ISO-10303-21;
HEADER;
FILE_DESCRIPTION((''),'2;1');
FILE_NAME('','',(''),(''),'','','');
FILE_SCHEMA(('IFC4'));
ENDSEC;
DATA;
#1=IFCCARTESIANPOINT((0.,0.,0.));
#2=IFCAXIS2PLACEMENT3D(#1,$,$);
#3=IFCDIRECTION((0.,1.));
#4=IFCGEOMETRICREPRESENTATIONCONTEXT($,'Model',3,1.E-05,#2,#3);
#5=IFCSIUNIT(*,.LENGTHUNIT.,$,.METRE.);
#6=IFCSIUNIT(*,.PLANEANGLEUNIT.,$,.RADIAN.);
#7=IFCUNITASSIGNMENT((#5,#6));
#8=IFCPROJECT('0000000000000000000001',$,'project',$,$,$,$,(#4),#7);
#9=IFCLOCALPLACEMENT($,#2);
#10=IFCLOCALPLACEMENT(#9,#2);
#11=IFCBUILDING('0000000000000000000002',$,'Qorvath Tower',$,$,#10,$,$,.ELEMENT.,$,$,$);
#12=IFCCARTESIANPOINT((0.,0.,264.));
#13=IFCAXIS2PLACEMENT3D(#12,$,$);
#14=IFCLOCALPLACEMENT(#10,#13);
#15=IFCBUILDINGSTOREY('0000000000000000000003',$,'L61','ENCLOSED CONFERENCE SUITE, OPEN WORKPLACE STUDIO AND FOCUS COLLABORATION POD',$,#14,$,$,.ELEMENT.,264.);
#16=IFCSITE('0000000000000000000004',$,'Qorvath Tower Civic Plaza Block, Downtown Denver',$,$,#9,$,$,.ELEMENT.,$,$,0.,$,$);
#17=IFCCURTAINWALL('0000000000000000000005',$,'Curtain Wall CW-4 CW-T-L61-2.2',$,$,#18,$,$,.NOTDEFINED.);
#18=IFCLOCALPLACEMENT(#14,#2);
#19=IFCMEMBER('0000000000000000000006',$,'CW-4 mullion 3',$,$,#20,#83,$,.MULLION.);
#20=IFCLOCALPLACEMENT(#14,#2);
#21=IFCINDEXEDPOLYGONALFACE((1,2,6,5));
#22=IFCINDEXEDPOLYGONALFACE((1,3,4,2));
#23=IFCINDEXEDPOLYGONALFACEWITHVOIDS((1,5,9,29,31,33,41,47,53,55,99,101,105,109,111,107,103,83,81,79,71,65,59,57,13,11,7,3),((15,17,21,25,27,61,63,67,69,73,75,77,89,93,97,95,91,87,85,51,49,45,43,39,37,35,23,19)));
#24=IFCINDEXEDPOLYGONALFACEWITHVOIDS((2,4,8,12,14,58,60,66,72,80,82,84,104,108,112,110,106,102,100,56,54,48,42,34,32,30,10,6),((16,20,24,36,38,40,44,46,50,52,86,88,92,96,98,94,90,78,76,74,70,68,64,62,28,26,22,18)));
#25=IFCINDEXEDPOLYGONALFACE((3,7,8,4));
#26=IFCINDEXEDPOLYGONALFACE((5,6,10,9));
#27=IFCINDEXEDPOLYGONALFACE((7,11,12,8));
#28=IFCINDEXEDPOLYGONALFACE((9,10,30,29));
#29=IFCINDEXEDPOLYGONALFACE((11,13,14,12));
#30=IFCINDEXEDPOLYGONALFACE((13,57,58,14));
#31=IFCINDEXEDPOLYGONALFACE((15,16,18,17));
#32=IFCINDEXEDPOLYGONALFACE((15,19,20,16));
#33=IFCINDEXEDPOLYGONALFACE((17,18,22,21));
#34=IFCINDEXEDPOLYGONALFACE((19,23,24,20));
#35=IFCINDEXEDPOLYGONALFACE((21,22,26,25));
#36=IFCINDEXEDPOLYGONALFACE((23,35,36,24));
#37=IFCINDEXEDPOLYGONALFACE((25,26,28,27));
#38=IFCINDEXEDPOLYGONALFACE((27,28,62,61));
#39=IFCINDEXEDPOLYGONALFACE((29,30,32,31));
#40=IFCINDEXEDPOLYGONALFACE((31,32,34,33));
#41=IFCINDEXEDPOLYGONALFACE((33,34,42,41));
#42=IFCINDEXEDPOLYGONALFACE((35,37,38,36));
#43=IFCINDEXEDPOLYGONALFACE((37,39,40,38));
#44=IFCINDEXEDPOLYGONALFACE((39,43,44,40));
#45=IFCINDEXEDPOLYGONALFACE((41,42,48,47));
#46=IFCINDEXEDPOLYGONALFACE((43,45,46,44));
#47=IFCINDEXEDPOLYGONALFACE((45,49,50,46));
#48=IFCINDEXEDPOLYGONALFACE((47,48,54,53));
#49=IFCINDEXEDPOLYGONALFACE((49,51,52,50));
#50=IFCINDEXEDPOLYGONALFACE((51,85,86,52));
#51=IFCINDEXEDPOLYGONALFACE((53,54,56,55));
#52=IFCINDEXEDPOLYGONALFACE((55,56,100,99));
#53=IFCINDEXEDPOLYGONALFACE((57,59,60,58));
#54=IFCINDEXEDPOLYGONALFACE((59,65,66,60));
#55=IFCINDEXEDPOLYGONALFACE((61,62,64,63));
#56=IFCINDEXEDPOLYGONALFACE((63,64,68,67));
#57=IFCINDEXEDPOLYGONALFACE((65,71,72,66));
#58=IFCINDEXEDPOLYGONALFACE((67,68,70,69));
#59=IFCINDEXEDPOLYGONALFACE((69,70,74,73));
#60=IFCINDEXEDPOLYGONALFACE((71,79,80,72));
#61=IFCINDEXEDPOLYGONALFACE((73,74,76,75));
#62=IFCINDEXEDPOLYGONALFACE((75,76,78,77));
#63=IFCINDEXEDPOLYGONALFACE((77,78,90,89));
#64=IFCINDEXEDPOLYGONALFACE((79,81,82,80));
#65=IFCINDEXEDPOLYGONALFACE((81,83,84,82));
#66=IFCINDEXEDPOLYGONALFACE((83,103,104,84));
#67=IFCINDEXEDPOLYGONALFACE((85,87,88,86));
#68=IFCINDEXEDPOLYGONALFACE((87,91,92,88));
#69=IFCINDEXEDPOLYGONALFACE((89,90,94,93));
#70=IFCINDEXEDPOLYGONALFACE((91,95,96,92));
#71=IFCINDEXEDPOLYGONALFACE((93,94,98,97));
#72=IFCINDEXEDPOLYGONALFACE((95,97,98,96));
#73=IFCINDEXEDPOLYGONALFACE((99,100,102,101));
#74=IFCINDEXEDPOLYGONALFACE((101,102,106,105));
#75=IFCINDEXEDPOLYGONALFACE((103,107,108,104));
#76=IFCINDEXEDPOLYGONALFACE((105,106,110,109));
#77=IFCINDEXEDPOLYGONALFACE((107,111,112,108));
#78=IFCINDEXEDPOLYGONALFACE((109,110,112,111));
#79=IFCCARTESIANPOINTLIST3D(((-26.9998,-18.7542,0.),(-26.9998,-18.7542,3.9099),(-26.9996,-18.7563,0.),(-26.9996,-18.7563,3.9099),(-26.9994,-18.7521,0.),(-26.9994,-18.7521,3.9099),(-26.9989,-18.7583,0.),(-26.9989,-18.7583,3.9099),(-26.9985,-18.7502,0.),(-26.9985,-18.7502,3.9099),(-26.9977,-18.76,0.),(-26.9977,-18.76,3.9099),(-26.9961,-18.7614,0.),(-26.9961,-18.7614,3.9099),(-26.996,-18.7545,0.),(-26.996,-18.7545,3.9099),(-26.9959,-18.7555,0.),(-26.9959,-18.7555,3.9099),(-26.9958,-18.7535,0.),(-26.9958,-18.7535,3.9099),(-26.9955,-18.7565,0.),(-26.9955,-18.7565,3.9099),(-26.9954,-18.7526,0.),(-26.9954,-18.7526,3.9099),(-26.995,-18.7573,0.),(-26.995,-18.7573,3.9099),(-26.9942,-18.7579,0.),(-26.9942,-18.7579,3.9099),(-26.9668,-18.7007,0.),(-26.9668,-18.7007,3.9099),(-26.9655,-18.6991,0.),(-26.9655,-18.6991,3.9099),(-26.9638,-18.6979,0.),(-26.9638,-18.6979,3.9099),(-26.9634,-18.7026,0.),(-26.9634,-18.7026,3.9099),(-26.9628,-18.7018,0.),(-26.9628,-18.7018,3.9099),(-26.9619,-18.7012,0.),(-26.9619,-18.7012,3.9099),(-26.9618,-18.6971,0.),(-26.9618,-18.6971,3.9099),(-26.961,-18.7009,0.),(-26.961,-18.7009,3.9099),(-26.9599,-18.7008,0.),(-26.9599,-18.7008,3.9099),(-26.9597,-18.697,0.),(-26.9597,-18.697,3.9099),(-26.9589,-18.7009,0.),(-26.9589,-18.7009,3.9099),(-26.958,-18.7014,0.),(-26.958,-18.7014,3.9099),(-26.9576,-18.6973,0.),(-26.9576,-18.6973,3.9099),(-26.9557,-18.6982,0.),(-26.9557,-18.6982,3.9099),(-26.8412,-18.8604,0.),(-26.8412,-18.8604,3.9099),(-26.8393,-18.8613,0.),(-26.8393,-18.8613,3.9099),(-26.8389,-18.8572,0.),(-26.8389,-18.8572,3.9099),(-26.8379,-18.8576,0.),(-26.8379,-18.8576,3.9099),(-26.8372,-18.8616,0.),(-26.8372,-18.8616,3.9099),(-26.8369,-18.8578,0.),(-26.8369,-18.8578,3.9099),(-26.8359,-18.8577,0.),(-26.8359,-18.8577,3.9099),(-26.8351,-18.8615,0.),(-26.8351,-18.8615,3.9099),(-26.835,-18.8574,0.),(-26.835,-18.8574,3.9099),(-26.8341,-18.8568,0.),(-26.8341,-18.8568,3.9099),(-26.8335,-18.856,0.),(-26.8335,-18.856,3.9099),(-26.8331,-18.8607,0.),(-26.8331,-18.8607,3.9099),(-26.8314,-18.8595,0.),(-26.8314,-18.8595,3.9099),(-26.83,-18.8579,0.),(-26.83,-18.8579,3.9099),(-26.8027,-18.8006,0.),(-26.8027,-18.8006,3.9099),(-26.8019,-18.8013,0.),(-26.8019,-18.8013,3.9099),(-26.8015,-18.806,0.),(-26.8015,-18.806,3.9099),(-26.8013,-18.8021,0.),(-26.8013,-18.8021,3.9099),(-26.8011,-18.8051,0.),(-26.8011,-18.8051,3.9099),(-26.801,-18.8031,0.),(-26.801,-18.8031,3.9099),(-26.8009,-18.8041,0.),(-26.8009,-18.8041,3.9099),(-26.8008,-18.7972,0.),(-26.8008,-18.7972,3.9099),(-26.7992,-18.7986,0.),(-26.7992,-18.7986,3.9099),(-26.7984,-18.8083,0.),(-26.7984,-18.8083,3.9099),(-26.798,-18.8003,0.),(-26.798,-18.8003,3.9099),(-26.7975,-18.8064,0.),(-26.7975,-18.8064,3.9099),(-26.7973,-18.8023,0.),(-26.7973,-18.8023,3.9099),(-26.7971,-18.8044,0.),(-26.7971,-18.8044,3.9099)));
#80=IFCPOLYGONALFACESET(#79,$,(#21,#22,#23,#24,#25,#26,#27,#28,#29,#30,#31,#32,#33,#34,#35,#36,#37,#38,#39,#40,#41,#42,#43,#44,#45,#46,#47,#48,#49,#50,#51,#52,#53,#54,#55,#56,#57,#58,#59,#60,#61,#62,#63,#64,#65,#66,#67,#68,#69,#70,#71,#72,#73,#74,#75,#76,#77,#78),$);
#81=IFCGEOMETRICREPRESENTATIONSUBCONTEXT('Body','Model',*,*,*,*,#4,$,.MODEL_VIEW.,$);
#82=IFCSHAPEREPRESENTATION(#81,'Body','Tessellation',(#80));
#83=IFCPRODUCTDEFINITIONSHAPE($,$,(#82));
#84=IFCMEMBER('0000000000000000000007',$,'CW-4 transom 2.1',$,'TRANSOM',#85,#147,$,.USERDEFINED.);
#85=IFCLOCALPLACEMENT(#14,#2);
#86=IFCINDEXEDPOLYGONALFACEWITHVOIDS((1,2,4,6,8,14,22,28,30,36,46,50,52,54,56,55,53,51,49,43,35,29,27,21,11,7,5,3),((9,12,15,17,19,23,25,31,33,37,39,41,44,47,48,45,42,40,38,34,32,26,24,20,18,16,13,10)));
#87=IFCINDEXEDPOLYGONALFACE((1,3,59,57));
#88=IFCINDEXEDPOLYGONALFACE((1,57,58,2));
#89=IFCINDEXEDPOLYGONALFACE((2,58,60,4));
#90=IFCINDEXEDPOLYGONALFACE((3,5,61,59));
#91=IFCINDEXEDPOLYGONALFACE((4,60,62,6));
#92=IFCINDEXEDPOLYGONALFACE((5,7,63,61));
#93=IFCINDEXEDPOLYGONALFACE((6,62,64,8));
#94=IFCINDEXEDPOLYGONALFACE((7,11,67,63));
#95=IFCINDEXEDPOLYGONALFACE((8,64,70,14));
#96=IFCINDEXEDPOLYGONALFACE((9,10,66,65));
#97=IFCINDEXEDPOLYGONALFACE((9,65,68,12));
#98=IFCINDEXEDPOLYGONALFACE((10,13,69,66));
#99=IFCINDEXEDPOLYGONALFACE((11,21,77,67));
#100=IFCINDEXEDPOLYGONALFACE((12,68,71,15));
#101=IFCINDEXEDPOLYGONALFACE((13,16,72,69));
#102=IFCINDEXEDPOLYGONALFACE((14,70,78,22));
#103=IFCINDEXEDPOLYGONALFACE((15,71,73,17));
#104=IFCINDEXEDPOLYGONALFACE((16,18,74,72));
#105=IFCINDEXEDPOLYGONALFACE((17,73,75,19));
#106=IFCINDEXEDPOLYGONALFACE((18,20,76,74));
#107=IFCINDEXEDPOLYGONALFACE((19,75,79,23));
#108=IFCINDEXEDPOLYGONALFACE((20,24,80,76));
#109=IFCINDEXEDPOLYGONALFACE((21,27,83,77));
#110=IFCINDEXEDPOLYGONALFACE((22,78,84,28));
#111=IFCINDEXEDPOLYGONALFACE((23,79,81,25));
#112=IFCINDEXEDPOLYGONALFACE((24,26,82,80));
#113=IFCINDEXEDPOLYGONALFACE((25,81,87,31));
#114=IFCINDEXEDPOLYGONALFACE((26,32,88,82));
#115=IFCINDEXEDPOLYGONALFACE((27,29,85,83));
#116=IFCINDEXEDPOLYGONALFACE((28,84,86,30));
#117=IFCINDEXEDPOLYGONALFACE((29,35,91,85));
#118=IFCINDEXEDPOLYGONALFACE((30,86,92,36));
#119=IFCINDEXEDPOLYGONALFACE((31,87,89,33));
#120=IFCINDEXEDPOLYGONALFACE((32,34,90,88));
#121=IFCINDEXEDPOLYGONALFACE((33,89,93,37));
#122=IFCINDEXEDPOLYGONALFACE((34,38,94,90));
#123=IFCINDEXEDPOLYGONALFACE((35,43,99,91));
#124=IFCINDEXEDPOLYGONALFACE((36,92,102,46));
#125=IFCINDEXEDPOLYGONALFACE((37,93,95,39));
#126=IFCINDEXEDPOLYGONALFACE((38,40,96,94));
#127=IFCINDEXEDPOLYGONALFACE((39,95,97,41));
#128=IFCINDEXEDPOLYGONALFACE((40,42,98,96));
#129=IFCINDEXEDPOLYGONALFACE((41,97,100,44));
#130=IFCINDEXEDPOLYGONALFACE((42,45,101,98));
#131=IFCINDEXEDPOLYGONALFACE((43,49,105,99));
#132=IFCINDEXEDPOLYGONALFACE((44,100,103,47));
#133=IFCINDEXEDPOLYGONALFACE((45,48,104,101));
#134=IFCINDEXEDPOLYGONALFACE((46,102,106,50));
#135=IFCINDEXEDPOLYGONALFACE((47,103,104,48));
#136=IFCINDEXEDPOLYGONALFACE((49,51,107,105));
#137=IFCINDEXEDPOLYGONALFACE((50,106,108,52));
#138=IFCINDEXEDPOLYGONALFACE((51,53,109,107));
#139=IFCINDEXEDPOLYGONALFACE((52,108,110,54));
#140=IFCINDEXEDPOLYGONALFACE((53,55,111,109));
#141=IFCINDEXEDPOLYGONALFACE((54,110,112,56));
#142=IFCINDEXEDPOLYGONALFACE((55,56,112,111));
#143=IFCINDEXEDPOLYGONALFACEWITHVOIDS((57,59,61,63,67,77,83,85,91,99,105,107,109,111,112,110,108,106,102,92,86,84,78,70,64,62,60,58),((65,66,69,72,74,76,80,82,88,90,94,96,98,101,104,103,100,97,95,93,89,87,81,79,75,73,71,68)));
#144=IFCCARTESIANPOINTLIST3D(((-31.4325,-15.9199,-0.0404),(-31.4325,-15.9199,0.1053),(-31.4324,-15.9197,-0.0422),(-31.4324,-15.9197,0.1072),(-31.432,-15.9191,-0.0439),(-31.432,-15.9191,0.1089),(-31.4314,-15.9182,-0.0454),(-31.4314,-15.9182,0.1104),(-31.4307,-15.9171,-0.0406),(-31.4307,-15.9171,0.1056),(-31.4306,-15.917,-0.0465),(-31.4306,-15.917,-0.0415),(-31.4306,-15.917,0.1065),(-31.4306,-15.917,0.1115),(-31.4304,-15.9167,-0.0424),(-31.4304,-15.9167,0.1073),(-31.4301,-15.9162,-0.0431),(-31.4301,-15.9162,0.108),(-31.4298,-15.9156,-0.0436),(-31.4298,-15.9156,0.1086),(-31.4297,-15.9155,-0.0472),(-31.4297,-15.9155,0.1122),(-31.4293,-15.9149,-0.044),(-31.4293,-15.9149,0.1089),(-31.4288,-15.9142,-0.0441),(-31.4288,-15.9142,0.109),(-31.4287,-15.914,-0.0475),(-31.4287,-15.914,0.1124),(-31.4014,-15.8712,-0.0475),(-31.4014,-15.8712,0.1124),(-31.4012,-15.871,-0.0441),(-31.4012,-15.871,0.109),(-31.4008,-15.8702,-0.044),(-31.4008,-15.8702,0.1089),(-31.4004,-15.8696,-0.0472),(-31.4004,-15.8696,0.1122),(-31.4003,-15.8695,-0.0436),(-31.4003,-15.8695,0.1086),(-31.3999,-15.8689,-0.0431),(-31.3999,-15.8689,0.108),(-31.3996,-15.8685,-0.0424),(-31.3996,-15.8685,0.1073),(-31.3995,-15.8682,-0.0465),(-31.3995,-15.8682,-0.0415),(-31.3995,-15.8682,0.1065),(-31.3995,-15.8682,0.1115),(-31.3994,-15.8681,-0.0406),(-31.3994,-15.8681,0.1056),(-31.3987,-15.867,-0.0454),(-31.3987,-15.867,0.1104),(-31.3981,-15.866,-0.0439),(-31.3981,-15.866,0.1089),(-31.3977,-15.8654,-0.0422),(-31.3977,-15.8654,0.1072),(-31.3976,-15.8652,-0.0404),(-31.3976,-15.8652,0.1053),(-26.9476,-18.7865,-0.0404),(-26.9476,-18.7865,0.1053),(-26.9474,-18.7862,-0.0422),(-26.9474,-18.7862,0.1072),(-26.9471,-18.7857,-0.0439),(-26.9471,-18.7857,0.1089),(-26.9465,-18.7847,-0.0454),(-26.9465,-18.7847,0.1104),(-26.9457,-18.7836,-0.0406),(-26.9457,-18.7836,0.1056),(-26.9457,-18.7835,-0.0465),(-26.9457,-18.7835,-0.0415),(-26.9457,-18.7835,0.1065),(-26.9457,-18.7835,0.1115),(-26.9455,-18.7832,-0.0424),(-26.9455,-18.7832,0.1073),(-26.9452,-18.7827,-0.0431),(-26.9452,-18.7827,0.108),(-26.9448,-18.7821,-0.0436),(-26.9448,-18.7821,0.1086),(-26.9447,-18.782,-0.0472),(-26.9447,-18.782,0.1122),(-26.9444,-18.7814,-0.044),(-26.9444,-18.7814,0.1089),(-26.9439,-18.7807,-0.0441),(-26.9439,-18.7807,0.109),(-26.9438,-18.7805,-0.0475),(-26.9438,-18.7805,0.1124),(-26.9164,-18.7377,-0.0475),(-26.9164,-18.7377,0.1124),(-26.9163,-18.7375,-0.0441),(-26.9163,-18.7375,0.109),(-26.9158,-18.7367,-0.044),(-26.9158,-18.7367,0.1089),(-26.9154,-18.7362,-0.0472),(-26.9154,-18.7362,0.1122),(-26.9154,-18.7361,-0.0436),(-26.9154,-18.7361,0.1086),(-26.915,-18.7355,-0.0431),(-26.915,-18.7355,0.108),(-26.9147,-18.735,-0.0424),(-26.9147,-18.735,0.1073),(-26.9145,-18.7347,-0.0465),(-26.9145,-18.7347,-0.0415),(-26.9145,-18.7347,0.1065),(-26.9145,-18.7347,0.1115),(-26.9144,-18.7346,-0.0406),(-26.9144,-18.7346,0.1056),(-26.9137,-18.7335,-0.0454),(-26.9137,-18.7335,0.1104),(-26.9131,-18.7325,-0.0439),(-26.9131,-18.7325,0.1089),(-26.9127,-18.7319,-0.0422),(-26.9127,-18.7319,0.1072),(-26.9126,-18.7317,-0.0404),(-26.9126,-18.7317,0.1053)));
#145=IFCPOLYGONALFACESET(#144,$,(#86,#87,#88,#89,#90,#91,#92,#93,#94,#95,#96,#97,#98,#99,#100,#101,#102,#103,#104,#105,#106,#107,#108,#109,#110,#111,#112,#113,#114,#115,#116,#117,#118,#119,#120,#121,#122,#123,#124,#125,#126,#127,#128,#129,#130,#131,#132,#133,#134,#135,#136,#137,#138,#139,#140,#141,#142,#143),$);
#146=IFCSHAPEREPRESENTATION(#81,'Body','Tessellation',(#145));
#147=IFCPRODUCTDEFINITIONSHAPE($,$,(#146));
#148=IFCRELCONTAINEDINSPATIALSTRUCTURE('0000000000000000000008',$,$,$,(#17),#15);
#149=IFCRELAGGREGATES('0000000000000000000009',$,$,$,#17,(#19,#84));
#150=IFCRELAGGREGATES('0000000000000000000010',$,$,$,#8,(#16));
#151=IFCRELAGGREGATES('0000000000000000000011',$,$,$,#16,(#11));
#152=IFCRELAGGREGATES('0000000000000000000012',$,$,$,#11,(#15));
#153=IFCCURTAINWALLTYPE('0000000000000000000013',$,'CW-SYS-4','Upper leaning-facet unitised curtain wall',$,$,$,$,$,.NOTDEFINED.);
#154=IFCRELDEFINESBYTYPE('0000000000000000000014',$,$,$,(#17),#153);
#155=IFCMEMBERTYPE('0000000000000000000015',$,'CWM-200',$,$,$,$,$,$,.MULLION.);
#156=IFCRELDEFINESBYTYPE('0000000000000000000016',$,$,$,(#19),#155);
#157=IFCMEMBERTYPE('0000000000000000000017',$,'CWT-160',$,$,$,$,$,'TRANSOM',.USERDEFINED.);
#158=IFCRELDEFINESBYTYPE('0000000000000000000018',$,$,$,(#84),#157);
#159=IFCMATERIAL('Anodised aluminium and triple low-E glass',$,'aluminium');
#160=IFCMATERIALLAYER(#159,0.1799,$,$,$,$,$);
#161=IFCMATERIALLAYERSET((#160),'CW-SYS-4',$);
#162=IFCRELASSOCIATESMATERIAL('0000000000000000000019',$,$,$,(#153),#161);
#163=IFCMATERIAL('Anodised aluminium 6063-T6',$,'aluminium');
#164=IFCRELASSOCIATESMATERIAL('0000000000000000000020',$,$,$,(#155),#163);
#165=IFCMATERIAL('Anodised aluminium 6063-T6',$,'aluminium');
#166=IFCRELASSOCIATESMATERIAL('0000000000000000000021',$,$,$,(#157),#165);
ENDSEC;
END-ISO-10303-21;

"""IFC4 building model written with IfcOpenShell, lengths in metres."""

from ifc_helpers import new_model, si_unit, direction, frame, origin, origin_2d, place, context, subcontext, project, spatial, hollow_rectangle, extrude, material, layer, layer_set, material_profile, profile_set, type_object, element, aggregate, save


model = new_model("IFC4")

# Units and contexts
model_context = context("Model", 3, precision=1e-05, world=origin(), true_north=direction((0.0, 1.0)))
body_context = subcontext(model_context, "Body", "Model", "MODEL_VIEW")
ifc_project = project(units=[si_unit("LENGTHUNIT", "METRE"), si_unit("PLANEANGLEUNIT", "RADIAN")], contexts=[model_context])

# Site, building, storey
site_placement = place(None, origin())
site = spatial("IfcSite", under=ifc_project, at=site_placement, Name="Qorvath Tower Civic Plaza Block, Downtown Denver", CompositionType="ELEMENT", RefElevation=0.0)
building_placement = place(site_placement, origin())
building = spatial("IfcBuilding", under=site, at=building_placement, Name="Qorvath Tower", CompositionType="ELEMENT")
storey_placement = place(building_placement, frame((0.0, 0.0, 264.0)))
storey = spatial("IfcBuildingStorey", under=building, at=storey_placement, Name="L61", Description="ENCLOSED CONFERENCE SUITE, OPEN WORKPLACE STUDIO AND FOCUS COLLABORATION POD", CompositionType="ELEMENT", Elevation=264.0)

# Curtain wall, members
ifc_material_1 = material(Name="Anodised aluminium and triple low-E glass", Category="aluminium")
ifc_layer_1 = layer(ifc_material_1, 0.1799)
ifc_layer_set_1 = layer_set([ifc_layer_1], Name="CW-SYS-4")
curtain_wall_type = type_object("IfcCurtainWallType", Name="CW-SYS-4", Description="Upper leaning-facet unitised curtain wall", PredefinedType="NOTDEFINED", material=ifc_layer_set_1)
curtain_wall_placement = place(storey_placement, origin())
curtain_wall = element("IfcCurtainWall", 1, at=curtain_wall_placement, inside=storey, type_object=curtain_wall_type, Name="Curtain Wall CW-4 CW-T-L61-2.2", PredefinedType="NOTDEFINED")
ifc_material_2 = material(Name="Anodised aluminium 6063-T6", Category="aluminium")
ifc_material_profile_1 = material_profile(ifc_material_2, hollow_rectangle(XDim=0.075, YDim=0.2, WallThickness=0.0039, InnerFilletRadius=0.0039, OuterFilletRadius=0.0081, at=origin_2d()), Name="CWM 200x75")
ifc_profile_set_1 = profile_set([ifc_material_profile_1], Name="Anodised aluminium 6063-T6")
member_type_1 = type_object("IfcMemberType", Name="CWM-200", PredefinedType="MULLION", material=ifc_profile_set_1)
member_1_placement = place(storey_placement, frame((-26.8984, -18.7793, 0.0), z_axis=(0.0, 0.0, 1.0), x_axis=(0.538536, 0.842602, 0.0)))
member_1 = element("IfcMember", 2, at=member_1_placement, type_object=member_type_1, Name="CW-4 mullion 3", PredefinedType="MULLION", context=body_context, shape_type="SweptSolid", body=[
    extrude(hollow_rectangle(XDim=0.075, YDim=0.2, WallThickness=0.0039, InnerFilletRadius=0.0039, OuterFilletRadius=0.0081, at=origin_2d()), origin(), (0.0, 0.0, 1.0), 3.9099),
])
ifc_material_3 = material(Name="Anodised aluminium 6063-T6", Category="aluminium")
ifc_material_profile_2 = material_profile(ifc_material_3, hollow_rectangle(XDim=0.0649, YDim=0.1599, WallThickness=0.0034, InnerFilletRadius=0.0034, OuterFilletRadius=0.0071, at=origin_2d()), Name="CWT 160x65")
ifc_profile_set_2 = profile_set([ifc_material_profile_2], Name="Anodised aluminium 6063-T6")
member_type_2 = type_object("IfcMemberType", Name="CWT-160", ElementType="TRANSOM", PredefinedType="USERDEFINED", material=ifc_profile_set_2)
member_2_placement = place(storey_placement, frame((-31.415, -15.8926, 0.0325), z_axis=(0.8426, -0.538539, 0.0), x_axis=(0.538539, 0.8426, 0.0)))
member_2 = element("IfcMember", 3, at=member_2_placement, type_object=member_type_2, Name="CW-4 transom 2.1", ObjectType="TRANSOM", PredefinedType="USERDEFINED", context=body_context, shape_type="SweptSolid", body=[
    extrude(hollow_rectangle(XDim=0.0649, YDim=0.1599, WallThickness=0.0034, InnerFilletRadius=0.0034, OuterFilletRadius=0.0071, at=origin_2d()), origin(), (0.0, 0.0, 1.0), 5.3228),
])
aggregate(curtain_wall, [member_1, member_2])

save(model, "model.ifc")
